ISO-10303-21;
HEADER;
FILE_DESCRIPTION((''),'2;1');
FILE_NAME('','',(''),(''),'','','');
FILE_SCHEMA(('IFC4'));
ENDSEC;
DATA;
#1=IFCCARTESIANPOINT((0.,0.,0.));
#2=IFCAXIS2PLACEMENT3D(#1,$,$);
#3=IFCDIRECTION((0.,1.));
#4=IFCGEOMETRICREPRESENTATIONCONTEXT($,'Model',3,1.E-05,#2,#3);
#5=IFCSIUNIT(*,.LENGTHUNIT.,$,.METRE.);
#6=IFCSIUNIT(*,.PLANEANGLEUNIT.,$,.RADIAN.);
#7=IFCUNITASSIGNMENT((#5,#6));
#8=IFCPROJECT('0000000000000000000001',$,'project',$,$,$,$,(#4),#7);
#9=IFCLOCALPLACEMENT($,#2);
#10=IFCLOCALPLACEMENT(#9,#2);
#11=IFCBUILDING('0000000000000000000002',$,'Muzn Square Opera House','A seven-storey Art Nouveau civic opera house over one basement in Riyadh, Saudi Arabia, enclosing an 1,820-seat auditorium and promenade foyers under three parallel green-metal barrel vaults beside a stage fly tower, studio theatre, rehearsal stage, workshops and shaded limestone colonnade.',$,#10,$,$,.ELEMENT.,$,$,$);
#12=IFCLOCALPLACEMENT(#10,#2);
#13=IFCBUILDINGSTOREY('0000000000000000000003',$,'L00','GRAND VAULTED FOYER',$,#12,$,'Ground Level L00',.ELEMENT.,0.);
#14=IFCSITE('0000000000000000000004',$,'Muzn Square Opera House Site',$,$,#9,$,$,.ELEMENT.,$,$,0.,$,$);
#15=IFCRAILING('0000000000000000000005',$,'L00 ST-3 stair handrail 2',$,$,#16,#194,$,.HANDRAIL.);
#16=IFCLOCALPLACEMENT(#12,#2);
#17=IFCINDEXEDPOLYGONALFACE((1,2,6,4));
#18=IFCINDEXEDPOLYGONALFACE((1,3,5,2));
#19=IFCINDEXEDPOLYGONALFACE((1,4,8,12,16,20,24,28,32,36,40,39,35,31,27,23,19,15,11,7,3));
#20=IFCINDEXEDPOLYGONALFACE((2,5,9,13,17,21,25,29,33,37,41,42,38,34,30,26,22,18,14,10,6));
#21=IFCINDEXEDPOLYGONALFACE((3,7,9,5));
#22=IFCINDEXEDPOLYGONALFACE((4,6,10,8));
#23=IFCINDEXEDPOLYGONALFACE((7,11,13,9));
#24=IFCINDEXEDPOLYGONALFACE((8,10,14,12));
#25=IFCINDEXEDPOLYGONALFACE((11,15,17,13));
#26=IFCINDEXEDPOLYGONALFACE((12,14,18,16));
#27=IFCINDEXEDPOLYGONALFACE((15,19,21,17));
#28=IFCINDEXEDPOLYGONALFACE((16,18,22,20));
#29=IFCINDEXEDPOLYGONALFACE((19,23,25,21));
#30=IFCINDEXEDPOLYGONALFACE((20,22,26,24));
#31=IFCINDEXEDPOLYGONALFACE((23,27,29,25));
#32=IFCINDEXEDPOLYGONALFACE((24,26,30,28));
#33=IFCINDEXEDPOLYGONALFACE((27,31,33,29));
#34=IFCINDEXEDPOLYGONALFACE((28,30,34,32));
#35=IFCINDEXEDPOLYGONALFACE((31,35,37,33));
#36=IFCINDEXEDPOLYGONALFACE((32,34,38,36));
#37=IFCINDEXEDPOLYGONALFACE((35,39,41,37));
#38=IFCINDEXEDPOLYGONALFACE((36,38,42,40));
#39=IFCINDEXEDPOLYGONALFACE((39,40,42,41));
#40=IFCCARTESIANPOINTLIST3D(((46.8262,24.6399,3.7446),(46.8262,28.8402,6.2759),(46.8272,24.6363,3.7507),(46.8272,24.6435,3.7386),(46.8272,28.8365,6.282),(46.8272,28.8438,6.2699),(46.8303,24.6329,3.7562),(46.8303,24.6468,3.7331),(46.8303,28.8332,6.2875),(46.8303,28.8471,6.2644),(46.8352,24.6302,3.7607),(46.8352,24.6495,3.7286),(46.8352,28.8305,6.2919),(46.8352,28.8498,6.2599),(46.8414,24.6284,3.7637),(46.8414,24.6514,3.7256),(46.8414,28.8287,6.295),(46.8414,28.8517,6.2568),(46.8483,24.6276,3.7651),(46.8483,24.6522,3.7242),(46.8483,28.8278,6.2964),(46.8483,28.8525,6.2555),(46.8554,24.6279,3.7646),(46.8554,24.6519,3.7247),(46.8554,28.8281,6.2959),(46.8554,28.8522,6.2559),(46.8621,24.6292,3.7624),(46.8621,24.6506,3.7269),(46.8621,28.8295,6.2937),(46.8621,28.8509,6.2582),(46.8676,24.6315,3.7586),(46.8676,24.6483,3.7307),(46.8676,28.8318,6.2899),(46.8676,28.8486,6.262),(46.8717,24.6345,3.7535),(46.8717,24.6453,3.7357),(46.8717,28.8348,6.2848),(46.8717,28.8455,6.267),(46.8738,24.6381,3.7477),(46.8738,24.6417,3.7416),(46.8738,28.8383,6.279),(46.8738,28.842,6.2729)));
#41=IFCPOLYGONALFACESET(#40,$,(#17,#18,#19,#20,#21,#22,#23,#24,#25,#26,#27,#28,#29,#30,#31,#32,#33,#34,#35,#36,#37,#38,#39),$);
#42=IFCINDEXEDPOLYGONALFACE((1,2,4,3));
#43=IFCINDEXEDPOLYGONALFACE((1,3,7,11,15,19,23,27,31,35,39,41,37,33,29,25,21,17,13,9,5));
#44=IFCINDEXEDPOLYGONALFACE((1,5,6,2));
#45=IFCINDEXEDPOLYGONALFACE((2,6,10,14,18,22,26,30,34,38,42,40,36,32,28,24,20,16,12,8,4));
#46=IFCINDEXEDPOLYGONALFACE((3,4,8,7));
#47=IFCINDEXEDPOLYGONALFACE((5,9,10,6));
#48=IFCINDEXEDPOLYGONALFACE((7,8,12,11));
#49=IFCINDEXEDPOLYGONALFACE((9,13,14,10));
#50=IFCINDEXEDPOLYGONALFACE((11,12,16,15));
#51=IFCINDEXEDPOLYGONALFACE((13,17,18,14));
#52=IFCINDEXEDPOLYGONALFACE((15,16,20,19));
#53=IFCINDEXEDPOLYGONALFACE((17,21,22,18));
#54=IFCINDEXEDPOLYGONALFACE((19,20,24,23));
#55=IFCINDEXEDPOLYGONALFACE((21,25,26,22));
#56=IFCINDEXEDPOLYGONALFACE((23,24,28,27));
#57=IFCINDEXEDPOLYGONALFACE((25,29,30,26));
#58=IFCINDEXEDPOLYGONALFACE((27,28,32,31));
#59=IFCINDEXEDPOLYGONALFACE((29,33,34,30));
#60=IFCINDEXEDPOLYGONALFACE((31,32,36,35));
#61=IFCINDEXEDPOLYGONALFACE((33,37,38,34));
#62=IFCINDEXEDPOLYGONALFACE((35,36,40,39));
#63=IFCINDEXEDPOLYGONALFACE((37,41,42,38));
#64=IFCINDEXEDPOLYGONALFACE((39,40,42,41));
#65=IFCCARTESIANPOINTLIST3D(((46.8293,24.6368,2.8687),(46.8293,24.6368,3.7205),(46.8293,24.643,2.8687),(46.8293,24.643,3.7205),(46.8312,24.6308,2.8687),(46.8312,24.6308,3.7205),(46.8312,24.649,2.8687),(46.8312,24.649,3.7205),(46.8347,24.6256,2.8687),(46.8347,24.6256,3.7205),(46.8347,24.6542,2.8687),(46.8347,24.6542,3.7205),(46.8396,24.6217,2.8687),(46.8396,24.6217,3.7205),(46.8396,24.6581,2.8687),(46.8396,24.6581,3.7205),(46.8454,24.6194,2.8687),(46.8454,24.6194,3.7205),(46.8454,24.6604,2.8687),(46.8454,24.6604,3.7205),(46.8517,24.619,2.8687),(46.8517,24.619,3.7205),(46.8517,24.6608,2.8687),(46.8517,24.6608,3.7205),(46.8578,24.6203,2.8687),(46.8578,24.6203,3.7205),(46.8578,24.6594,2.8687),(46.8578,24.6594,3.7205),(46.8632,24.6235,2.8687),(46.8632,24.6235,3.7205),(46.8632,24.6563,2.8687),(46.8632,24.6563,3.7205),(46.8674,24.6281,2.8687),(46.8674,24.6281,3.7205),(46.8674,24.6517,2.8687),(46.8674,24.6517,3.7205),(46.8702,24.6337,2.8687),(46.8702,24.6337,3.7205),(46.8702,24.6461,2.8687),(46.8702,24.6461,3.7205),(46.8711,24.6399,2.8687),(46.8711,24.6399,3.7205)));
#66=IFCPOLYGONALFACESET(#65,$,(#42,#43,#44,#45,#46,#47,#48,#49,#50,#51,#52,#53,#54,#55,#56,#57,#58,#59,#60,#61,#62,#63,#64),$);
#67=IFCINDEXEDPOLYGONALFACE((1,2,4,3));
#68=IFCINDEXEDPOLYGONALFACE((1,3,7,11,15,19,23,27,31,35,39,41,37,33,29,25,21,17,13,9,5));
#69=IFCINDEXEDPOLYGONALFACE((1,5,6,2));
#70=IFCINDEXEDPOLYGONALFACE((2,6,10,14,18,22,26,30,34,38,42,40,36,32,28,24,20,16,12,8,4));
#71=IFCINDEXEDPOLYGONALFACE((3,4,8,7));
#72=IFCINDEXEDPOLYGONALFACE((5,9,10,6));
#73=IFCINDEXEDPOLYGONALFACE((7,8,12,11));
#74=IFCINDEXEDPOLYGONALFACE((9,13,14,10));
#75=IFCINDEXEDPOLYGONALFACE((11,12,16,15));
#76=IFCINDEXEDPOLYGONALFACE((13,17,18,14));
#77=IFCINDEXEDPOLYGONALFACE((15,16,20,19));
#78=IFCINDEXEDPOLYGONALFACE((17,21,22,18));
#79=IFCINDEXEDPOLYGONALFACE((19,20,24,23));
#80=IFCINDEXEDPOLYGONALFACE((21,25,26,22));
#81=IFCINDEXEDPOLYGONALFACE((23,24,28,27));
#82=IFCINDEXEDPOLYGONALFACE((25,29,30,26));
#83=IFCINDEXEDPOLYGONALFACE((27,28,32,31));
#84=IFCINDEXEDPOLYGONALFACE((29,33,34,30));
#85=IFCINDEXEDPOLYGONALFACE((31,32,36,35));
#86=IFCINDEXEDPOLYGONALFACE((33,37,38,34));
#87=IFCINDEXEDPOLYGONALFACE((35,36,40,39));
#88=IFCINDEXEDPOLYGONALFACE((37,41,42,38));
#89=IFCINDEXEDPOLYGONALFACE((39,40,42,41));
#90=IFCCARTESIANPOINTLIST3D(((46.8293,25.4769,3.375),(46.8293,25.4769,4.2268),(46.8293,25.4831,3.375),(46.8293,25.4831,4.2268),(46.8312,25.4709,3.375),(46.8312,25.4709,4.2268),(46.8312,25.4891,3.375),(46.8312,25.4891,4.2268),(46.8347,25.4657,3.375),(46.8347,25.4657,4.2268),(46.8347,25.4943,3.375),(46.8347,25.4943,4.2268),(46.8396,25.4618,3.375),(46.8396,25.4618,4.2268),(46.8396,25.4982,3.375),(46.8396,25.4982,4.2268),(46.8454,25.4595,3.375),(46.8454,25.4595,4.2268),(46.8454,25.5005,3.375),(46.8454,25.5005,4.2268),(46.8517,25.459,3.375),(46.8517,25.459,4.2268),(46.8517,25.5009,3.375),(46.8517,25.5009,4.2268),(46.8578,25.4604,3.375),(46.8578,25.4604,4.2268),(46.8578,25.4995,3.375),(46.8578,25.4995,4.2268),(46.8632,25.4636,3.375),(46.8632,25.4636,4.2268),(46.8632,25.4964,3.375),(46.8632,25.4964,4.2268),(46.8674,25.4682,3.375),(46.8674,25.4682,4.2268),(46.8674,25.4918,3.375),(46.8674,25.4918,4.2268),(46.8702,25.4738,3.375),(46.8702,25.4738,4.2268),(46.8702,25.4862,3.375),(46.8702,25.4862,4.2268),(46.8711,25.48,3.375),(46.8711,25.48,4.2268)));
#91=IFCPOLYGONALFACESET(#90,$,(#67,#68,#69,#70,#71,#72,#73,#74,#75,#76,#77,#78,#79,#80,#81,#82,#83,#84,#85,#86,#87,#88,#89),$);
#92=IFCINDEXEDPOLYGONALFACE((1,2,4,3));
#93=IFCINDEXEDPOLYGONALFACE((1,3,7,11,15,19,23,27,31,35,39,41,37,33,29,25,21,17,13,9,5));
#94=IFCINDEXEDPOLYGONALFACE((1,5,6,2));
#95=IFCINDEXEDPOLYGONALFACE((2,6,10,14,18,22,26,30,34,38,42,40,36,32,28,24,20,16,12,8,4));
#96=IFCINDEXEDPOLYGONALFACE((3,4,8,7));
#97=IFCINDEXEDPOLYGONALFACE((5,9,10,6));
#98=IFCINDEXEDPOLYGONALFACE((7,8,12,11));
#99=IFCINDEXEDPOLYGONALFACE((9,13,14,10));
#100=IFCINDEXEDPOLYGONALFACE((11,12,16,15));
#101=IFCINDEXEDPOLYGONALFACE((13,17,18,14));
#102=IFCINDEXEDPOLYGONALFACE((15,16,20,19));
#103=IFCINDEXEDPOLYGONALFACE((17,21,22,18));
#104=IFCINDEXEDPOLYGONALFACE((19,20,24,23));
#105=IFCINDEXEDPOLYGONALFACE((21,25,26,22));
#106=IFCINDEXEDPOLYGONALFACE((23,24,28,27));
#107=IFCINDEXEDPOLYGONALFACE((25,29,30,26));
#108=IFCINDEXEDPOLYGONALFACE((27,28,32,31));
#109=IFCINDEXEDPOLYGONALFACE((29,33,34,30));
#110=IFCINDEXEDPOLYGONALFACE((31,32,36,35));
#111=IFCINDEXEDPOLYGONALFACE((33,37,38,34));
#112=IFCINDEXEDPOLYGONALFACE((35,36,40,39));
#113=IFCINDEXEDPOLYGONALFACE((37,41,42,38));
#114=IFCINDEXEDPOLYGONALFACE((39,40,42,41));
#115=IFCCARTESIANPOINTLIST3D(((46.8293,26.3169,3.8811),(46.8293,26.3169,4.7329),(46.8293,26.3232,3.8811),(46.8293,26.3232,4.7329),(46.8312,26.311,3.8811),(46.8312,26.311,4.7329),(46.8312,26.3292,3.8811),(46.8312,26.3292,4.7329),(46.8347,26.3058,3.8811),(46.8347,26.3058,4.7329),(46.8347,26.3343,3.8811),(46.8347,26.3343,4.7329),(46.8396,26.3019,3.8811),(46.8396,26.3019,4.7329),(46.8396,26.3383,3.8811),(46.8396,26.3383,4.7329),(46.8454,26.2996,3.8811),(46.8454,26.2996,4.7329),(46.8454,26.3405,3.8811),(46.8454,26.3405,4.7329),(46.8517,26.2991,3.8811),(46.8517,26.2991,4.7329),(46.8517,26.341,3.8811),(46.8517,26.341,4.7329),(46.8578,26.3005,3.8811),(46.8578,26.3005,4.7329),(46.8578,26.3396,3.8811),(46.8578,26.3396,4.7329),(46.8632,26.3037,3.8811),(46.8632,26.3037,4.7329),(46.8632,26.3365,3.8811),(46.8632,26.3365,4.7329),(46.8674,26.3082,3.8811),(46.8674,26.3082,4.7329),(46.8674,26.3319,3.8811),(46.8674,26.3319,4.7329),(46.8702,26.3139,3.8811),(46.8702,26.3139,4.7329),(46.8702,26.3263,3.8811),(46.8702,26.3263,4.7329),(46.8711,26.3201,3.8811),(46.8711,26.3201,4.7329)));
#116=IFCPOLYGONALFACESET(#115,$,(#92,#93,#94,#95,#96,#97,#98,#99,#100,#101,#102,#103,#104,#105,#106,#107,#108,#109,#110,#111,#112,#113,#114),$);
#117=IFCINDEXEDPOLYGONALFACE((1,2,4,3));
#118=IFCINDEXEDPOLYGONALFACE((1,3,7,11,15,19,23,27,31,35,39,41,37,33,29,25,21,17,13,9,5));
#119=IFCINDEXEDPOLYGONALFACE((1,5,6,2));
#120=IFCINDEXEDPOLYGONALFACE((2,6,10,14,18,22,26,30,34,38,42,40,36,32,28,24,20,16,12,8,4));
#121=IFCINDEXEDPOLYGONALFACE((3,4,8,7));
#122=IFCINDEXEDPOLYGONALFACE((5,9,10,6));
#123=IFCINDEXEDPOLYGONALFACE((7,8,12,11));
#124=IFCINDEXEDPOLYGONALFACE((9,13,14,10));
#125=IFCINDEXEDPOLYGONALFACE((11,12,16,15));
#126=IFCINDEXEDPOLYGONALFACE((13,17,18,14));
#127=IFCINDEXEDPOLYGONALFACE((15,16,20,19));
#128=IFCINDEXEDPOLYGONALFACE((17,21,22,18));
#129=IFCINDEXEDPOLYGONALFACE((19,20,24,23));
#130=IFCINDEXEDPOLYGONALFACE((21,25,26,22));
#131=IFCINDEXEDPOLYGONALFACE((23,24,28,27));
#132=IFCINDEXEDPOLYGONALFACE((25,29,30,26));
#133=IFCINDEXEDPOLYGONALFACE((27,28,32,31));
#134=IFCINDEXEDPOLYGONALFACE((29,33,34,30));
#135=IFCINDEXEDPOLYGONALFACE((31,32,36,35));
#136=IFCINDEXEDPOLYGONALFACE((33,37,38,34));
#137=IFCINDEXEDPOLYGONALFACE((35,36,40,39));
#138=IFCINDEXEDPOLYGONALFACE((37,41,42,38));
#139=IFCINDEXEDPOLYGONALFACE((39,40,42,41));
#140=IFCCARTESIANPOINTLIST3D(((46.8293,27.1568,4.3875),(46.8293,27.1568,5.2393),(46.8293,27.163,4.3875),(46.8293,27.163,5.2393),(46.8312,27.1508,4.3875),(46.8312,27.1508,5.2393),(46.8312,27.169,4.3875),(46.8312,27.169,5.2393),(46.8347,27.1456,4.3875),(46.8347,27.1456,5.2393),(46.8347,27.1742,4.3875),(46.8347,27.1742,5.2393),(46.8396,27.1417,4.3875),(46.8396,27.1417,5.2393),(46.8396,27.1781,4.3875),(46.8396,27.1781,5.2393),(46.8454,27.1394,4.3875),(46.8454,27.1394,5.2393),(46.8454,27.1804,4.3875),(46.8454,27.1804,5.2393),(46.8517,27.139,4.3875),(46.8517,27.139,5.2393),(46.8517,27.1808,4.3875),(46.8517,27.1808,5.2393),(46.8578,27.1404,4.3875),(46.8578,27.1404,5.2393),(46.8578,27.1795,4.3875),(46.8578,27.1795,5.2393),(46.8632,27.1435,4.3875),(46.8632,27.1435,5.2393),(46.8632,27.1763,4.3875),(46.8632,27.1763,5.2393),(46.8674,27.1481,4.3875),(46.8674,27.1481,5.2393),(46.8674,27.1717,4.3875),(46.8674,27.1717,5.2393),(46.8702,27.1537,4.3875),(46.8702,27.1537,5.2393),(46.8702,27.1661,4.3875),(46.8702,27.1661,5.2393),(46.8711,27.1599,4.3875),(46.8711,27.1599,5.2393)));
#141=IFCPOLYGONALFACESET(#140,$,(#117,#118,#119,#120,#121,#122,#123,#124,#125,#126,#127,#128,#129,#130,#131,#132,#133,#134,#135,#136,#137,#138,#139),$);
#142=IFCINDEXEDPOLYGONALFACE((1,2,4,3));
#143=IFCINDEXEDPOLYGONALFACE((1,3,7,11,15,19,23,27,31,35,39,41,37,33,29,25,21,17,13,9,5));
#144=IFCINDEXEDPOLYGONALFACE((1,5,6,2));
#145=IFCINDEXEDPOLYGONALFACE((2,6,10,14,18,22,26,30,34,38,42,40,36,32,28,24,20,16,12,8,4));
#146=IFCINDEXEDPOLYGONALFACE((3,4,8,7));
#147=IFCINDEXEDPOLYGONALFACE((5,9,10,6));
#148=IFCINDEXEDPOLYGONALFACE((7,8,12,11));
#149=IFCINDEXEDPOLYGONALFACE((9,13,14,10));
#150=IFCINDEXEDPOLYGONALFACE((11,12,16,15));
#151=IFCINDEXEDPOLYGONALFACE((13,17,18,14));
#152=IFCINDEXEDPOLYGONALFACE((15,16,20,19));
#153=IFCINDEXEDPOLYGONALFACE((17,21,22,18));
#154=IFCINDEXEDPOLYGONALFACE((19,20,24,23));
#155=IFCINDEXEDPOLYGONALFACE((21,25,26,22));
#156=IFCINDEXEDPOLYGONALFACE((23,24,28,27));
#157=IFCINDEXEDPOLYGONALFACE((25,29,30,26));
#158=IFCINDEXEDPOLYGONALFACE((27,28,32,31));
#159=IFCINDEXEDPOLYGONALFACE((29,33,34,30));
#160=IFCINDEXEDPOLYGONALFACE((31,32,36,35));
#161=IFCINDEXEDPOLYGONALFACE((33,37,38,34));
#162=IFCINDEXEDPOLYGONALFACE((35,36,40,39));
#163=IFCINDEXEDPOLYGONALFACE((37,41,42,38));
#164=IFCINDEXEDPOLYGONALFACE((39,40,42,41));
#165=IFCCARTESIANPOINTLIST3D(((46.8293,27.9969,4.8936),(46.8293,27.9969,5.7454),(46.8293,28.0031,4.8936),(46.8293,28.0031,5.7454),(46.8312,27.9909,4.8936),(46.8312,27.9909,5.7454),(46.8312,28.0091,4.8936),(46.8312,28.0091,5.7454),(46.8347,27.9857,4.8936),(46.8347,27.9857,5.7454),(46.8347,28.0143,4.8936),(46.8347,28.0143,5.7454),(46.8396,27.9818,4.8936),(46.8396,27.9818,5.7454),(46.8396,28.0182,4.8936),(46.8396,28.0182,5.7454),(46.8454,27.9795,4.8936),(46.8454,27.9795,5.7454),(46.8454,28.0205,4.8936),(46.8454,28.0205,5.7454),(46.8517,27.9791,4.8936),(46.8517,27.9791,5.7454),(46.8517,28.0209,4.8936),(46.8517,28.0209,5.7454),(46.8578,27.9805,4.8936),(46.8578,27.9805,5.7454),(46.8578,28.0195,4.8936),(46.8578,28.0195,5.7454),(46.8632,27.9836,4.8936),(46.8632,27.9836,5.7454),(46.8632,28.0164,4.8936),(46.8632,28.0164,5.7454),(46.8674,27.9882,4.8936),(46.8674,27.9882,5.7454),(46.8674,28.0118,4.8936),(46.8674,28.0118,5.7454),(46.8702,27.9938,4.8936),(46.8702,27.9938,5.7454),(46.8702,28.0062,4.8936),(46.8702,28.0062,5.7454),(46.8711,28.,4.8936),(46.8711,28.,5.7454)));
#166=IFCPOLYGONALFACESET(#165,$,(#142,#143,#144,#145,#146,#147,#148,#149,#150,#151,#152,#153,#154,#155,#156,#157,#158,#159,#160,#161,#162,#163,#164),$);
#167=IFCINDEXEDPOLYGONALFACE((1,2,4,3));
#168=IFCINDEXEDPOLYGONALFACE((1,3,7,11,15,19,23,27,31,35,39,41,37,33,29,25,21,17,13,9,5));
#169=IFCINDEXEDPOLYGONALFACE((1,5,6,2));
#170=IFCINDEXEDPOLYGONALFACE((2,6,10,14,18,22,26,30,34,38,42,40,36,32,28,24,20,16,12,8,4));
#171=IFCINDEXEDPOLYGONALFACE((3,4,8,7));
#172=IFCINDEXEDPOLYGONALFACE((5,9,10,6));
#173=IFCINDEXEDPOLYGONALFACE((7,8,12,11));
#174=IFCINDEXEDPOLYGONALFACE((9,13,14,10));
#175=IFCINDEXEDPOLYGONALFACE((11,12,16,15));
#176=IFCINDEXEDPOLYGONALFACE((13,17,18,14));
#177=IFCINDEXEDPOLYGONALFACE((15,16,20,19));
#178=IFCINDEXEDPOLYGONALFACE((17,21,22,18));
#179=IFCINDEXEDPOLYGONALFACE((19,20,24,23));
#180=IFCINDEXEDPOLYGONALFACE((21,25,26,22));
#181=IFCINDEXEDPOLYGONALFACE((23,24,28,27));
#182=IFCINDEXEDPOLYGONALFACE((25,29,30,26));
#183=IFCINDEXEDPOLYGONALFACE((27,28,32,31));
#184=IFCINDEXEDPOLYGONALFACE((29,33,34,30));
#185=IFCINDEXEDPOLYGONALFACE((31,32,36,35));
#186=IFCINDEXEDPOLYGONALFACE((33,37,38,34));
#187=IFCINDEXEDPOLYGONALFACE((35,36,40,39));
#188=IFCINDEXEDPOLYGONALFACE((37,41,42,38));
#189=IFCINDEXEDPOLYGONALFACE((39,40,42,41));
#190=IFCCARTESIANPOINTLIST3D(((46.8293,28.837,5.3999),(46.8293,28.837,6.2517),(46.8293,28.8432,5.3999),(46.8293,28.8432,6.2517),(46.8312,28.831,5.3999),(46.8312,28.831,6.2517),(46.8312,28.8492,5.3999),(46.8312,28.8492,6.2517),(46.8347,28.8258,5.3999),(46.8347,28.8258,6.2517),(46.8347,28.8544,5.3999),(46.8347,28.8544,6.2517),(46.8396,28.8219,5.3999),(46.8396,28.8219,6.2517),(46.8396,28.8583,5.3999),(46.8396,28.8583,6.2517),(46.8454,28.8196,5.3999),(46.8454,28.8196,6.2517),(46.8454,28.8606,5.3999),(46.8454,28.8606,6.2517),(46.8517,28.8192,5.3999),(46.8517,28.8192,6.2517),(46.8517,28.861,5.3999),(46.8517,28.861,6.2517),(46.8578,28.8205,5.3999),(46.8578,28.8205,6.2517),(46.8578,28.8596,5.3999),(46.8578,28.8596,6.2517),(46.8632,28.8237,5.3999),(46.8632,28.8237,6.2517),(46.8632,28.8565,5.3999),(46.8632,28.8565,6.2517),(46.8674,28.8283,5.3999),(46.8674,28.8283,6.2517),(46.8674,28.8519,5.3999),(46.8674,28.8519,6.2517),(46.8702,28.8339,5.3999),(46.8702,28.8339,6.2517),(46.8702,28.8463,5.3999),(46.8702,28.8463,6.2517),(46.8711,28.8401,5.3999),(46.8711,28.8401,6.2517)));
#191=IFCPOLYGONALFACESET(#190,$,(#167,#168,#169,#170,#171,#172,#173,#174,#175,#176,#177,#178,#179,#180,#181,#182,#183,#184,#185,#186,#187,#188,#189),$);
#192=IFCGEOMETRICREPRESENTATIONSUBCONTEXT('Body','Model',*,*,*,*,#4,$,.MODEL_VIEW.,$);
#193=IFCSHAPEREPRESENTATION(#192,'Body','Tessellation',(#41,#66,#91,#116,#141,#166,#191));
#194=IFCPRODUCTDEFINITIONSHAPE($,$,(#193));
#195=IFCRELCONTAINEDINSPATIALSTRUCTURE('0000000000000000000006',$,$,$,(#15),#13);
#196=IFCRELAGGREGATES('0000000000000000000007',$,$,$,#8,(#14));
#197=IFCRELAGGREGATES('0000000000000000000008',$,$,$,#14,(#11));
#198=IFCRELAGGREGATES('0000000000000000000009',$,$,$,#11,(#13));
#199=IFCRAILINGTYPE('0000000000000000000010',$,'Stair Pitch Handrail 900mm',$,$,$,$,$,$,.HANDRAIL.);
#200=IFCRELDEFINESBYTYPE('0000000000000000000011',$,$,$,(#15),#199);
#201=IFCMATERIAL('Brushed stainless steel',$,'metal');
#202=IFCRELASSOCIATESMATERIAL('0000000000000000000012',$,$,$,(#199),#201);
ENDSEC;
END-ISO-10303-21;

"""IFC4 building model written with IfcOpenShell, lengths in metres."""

from ifc_helpers import new_model, si_unit, direction, frame, origin, origin_2d, place, context, subcontext, project, spatial, circle, extrude, material, type_object, element, save


model = new_model("IFC4")

# Units and contexts
model_context = context("Model", 3, precision=1e-05, world=origin(), true_north=direction((0.0, 1.0)))
body_context = subcontext(model_context, "Body", "Model", "MODEL_VIEW")
ifc_project = project(units=[si_unit("LENGTHUNIT", "METRE"), si_unit("PLANEANGLEUNIT", "RADIAN")], contexts=[model_context])

# Site, building, storey
site_placement = place(None, origin())
site = spatial("IfcSite", under=ifc_project, at=site_placement, Name="Muzn Square Opera House Site", CompositionType="ELEMENT", RefElevation=0.0)
building_placement = place(site_placement, origin())
building = spatial("IfcBuilding", under=site, at=building_placement, Name="Muzn Square Opera House", Description="A seven-storey Art Nouveau civic opera house over one basement in Riyadh, Saudi Arabia, enclosing an 1,820-seat auditorium and promenade foyers under three parallel green-metal barrel vaults beside a stage fly tower, studio theatre, rehearsal stage, workshops and shaded limestone colonnade.", CompositionType="ELEMENT")
storey_placement = place(building_placement, origin())
storey = spatial("IfcBuildingStorey", under=building, at=storey_placement, Name="L00", Description="GRAND VAULTED FOYER", LongName="Ground Level L00", CompositionType="ELEMENT", Elevation=0.0)

# Shared definitions
ifc_material_1 = material(Name="Brushed stainless steel", Category="metal")

# Railing
railing_type_1 = type_object("IfcRailingType", Name="Stair Pitch Handrail 900mm", PredefinedType="HANDRAIL", material=ifc_material_1)
railing_1_placement = place(storey_placement, frame((46.8501, 24.6399, 2.8687)))
element("IfcRailing", 1, at=railing_1_placement, inside=storey, type_object=railing_type_1, Name="L00 ST-3 stair handrail 2", PredefinedType="HANDRAIL", context=body_context, shape_type="SweptSolid", body=[
    extrude(circle(Radius=0.0239, at=origin_2d()), frame((0.0, 0.0, 0.876), z_axis=(0.0, 0.85649, 0.516164), x_axis=(-1.0, 0.0, 0.0)), (0.0, 0.0, 1.0), 4.9041),
    extrude(circle(Radius=0.021, at=origin_2d()), origin(), (0.0, 0.0, 1.0), 0.8518),
    extrude(circle(Radius=0.021, at=origin_2d()), frame((0.0, 0.8401, 0.5063)), (0.0, 0.0, 1.0), 0.8518),
    extrude(circle(Radius=0.021, at=origin_2d()), frame((0.0, 1.6802, 1.0125)), (0.0, 0.0, 1.0), 0.8518),
    extrude(circle(Radius=0.021, at=origin_2d()), frame((0.0, 2.52, 1.5188)), (0.0, 0.0, 1.0), 0.8518),
    extrude(circle(Radius=0.021, at=origin_2d()), frame((0.0, 3.3601, 2.0249)), (0.0, 0.0, 1.0), 0.8518),
    extrude(circle(Radius=0.021, at=origin_2d()), frame((0.0, 4.2002, 2.5312)), (0.0, 0.0, 1.0), 0.8518),
])

save(model, "model.ifc")
